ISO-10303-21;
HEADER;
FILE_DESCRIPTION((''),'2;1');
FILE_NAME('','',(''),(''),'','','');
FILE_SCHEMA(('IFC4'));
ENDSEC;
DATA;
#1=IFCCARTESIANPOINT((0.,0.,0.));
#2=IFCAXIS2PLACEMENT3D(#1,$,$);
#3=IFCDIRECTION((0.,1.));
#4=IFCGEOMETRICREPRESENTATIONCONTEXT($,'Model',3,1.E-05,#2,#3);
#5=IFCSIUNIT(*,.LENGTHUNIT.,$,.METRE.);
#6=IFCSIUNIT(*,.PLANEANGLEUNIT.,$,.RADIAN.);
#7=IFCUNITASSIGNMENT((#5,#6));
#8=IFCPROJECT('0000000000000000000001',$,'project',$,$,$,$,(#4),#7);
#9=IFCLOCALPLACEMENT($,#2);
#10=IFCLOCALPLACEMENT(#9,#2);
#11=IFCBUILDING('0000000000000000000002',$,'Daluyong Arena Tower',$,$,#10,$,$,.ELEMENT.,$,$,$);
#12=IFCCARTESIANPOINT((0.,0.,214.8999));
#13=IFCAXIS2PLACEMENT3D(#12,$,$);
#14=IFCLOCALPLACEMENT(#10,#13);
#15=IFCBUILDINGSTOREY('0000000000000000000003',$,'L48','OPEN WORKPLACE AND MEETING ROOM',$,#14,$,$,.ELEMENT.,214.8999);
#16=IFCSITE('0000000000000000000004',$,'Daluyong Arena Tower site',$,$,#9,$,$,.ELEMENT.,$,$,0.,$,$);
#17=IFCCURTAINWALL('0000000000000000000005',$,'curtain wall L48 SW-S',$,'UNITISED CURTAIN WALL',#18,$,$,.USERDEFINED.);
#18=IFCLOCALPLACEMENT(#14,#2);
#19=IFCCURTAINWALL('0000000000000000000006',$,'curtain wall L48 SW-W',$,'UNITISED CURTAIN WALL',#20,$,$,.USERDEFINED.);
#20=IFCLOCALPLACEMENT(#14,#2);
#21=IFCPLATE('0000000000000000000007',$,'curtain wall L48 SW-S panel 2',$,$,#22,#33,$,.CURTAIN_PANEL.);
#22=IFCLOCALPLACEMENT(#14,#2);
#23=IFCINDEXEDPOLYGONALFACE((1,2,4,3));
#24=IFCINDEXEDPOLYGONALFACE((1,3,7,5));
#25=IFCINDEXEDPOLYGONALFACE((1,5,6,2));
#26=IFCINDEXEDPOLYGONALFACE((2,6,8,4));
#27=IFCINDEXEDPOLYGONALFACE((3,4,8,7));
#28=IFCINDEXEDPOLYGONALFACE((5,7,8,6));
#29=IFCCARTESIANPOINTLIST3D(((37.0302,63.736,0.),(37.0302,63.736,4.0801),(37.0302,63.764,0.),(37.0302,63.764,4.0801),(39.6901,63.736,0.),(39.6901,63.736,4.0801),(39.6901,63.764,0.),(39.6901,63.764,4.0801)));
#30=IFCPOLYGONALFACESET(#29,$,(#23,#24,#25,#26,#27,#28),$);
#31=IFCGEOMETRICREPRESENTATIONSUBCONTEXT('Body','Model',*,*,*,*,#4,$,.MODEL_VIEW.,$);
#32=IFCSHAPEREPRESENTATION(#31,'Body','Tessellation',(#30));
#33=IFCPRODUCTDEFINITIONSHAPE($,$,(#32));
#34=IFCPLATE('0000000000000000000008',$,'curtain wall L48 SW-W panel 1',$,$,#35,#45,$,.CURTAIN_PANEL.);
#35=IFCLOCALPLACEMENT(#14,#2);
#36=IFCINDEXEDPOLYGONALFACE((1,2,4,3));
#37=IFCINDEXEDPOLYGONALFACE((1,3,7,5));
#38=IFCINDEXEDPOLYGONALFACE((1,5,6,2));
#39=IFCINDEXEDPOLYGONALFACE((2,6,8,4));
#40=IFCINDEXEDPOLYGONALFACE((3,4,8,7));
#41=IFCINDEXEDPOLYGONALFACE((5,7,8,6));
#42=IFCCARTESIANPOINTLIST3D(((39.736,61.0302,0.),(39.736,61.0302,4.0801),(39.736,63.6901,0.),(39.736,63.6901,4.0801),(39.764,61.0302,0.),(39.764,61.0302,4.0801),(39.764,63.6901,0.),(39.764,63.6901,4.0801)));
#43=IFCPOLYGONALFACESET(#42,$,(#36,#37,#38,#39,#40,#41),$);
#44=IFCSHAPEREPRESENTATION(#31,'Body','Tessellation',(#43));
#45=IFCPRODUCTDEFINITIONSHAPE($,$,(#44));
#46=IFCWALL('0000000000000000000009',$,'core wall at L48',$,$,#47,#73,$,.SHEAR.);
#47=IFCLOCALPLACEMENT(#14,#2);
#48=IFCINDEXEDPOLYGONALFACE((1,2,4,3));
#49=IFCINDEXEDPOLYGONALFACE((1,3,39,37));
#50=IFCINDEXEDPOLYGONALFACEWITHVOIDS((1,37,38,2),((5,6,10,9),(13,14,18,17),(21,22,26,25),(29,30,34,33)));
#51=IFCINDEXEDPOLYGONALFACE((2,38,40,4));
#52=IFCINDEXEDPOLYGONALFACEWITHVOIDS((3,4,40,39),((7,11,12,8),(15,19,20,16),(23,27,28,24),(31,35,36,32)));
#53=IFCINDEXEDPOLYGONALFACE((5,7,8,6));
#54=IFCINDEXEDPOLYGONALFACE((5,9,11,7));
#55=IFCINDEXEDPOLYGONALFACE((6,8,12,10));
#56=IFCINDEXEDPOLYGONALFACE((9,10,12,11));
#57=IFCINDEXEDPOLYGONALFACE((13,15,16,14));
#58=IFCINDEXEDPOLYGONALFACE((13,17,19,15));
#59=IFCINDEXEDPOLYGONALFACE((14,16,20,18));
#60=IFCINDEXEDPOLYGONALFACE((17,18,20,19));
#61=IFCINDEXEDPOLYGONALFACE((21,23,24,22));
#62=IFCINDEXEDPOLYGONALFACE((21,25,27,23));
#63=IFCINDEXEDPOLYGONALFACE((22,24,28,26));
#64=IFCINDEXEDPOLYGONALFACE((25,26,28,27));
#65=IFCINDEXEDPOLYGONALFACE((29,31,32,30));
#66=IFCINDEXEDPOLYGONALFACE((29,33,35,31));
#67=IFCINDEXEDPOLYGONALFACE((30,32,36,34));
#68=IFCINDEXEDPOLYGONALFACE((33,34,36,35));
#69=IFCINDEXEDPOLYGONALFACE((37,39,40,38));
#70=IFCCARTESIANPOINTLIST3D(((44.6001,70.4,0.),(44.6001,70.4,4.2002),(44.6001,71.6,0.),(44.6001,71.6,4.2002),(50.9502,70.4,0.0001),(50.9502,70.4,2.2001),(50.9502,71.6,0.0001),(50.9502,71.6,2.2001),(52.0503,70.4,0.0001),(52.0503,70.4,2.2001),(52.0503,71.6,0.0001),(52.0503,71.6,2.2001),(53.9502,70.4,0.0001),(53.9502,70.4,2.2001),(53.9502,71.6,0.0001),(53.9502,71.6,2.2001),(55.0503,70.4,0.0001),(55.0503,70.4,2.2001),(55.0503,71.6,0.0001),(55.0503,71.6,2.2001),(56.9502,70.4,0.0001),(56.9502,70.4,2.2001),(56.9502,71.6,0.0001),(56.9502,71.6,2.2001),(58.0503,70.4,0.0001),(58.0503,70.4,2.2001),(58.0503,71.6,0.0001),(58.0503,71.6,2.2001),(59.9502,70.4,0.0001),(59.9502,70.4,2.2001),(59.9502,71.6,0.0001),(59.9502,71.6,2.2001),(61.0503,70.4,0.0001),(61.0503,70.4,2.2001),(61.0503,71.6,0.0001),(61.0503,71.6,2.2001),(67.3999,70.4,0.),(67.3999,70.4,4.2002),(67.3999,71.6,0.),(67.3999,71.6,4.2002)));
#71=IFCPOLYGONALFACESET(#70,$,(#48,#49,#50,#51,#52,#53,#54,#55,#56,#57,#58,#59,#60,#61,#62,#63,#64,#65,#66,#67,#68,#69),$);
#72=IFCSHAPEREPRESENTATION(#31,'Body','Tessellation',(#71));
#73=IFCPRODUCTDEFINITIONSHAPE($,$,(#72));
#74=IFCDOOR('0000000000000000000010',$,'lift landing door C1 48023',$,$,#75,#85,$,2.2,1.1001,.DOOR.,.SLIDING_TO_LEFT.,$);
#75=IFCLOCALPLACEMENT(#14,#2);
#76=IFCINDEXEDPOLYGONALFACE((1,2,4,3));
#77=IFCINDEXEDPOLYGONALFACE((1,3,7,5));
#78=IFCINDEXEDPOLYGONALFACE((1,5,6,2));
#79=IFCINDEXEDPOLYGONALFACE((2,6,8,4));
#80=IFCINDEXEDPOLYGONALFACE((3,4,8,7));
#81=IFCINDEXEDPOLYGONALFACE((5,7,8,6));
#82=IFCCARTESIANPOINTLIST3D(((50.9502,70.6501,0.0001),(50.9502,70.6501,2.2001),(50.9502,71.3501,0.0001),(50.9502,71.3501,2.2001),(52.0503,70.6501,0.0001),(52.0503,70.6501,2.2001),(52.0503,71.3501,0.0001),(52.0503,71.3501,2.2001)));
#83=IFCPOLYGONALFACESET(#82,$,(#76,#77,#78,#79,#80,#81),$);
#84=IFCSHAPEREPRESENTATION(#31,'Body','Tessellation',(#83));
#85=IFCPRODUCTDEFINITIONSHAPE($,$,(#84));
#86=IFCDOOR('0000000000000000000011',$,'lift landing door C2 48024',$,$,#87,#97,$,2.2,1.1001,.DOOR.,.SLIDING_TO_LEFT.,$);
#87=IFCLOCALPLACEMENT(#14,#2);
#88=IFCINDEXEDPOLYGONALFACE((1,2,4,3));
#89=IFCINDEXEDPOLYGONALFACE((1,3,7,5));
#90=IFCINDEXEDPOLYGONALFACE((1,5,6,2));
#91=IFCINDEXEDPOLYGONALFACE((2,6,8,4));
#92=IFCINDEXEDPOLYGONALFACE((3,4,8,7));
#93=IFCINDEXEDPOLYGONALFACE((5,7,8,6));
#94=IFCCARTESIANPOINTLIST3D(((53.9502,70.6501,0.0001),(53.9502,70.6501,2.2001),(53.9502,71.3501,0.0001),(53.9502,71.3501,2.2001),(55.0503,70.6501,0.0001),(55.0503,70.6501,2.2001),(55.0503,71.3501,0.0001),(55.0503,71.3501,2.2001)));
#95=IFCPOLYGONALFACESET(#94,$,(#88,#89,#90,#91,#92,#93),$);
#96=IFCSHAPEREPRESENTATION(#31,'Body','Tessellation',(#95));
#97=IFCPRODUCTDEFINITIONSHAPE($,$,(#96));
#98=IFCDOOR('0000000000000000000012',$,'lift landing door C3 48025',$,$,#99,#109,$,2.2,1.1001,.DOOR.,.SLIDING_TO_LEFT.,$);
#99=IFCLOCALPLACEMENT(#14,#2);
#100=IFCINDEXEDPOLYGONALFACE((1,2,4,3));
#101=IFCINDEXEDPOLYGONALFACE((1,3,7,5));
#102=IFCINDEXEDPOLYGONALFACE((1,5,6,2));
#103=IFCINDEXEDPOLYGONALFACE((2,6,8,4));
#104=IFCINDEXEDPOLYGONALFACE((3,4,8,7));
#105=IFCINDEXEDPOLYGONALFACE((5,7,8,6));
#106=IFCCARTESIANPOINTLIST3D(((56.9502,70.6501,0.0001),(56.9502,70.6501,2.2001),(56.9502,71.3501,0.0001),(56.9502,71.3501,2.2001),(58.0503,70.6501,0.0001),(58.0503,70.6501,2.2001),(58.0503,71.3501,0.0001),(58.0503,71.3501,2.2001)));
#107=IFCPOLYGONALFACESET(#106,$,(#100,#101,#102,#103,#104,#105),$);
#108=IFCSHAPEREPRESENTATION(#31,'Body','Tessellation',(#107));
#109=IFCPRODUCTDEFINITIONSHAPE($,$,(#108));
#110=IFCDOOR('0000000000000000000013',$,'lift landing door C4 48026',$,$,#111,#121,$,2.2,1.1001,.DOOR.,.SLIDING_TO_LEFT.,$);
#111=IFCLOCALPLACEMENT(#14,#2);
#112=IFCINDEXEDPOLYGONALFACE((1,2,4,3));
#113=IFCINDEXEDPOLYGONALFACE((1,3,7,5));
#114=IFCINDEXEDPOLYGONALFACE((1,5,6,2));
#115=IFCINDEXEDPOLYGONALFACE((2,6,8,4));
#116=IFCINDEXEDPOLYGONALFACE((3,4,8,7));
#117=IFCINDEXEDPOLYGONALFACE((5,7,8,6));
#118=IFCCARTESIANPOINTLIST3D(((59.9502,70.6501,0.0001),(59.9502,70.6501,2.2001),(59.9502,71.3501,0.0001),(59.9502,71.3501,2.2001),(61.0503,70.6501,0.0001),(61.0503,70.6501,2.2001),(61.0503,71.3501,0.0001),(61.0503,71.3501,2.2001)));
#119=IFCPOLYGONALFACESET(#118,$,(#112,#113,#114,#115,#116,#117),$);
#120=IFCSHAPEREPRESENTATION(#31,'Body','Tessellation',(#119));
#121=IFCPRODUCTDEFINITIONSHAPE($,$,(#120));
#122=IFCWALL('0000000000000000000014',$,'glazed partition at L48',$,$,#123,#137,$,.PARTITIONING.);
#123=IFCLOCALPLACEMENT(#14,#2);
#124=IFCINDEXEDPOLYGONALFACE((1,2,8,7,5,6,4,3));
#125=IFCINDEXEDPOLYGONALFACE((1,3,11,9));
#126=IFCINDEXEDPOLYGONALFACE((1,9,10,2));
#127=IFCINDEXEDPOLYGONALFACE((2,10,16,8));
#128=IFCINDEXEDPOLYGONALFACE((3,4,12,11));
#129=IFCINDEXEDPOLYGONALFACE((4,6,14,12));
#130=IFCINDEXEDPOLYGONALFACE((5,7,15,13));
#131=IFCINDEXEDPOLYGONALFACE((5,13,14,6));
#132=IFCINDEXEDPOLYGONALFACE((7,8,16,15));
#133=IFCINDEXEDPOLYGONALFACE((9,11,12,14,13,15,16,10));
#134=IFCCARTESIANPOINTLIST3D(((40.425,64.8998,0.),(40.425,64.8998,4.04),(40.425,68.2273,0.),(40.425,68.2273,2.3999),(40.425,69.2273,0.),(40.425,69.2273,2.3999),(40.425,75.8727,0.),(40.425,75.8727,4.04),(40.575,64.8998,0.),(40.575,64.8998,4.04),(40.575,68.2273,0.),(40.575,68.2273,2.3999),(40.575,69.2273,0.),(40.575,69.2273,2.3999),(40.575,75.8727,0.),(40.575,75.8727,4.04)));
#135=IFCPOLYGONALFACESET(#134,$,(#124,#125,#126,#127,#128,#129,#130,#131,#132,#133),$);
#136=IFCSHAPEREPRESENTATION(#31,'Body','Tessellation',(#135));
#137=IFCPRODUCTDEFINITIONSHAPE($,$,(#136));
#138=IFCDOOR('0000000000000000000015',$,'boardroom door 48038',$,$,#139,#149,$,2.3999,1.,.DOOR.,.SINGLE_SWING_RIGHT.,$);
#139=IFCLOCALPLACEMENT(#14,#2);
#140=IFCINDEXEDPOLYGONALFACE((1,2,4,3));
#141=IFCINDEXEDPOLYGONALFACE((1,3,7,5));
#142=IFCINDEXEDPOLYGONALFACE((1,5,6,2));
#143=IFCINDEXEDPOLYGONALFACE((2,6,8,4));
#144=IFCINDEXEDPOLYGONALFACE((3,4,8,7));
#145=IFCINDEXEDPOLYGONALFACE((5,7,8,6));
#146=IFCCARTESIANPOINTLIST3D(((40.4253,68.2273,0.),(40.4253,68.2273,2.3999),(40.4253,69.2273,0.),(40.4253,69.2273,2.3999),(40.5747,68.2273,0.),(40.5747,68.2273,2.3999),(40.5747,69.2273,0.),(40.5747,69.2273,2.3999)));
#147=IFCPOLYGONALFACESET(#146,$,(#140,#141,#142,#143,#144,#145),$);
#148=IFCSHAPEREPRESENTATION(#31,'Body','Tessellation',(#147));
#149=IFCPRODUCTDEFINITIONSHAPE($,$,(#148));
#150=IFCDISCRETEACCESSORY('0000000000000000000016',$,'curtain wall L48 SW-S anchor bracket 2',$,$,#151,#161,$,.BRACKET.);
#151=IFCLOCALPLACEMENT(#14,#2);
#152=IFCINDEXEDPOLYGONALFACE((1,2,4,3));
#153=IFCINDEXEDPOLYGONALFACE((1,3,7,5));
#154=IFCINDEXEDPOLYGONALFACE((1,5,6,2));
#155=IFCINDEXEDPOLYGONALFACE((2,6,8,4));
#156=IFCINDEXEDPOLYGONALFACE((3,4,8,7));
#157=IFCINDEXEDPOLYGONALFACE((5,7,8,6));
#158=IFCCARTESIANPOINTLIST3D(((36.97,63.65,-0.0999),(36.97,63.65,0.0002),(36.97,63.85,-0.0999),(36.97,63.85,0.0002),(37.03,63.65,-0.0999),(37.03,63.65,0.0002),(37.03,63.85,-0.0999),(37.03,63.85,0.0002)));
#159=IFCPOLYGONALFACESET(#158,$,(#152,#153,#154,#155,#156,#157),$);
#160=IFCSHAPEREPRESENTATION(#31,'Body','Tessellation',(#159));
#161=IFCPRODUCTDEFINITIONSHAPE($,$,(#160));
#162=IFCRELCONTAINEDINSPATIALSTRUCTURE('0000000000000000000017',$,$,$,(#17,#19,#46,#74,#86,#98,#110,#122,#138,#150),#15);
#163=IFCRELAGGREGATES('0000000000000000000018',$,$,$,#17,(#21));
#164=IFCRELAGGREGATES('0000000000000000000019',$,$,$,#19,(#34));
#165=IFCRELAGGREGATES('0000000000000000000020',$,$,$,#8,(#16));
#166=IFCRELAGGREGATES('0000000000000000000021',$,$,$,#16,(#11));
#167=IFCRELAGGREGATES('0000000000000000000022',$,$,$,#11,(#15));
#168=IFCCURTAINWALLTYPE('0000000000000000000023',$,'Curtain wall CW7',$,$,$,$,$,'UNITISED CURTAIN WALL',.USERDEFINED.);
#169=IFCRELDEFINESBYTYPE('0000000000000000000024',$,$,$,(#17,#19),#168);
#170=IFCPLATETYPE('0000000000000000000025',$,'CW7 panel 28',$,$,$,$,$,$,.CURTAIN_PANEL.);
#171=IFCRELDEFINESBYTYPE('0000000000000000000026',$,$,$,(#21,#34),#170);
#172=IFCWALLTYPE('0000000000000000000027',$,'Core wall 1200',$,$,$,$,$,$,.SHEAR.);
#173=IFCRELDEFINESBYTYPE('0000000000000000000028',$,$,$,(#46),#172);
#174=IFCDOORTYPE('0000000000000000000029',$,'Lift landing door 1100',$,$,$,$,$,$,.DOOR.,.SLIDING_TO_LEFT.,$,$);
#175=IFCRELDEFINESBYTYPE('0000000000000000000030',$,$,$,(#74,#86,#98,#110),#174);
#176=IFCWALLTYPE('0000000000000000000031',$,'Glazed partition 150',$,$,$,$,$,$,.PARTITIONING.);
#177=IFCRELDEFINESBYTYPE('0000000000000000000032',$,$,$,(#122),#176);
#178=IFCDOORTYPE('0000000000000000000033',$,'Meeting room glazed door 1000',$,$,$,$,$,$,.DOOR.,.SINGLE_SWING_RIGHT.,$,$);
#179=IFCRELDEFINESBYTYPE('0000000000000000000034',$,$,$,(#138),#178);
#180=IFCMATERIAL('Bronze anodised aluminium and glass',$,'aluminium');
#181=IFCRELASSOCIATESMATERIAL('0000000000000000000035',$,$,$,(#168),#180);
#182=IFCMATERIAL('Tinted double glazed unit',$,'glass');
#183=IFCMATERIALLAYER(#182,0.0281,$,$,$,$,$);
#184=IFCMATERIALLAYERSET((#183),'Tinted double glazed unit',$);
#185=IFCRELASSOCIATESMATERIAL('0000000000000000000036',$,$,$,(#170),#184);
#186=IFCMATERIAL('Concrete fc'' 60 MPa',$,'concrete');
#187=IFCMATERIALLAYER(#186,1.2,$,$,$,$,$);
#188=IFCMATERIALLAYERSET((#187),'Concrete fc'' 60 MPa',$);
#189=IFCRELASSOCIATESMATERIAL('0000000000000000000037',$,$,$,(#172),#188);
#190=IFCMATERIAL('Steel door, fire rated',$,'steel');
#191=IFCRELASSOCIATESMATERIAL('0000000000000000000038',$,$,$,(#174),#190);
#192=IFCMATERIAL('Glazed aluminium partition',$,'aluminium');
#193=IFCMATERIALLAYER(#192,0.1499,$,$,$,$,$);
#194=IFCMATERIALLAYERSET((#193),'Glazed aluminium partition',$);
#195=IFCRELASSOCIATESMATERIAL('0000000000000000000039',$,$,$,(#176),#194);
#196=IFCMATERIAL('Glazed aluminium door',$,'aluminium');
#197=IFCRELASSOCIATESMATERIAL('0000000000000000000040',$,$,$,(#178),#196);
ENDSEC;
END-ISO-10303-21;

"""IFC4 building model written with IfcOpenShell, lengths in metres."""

from ifc_helpers import new_model, si_unit, direction, frame, frame_2d, origin, origin_2d, place, context, subcontext, project, spatial, rectangle, extrude, material, layer, layer_set, type_object, element, fill, aggregate, save


model = new_model("IFC4")

# Units and contexts
model_context = context("Model", 3, precision=1e-05, world=origin(), true_north=direction((0.0, 1.0)))
body_context = subcontext(model_context, "Body", "Model", "MODEL_VIEW")
ifc_project = project(units=[si_unit("LENGTHUNIT", "METRE"), si_unit("PLANEANGLEUNIT", "RADIAN")], contexts=[model_context])

# Site, building, storey
site_placement = place(None, origin())
site = spatial("IfcSite", under=ifc_project, at=site_placement, Name="Daluyong Arena Tower site", CompositionType="ELEMENT", RefElevation=0.0)
building_placement = place(site_placement, origin())
building = spatial("IfcBuilding", under=site, at=building_placement, Name="Daluyong Arena Tower", CompositionType="ELEMENT")
storey_placement = place(building_placement, frame((0.0, 0.0, 214.8999)))
storey = spatial("IfcBuildingStorey", under=building, at=storey_placement, Name="L48", Description="OPEN WORKPLACE AND MEETING ROOM", CompositionType="ELEMENT", Elevation=214.8999)

# Curtain wall
ifc_material_1 = material(Name="Bronze anodised aluminium and glass", Category="aluminium")
curtain_wall_type = type_object("IfcCurtainWallType", Name="Curtain wall CW7", ElementType="UNITISED CURTAIN WALL", PredefinedType="USERDEFINED", material=ifc_material_1)
curtain_wall_1_placement = place(storey_placement, origin())
curtain_wall_1 = element("IfcCurtainWall", 1, at=curtain_wall_1_placement, inside=storey, type_object=curtain_wall_type, Name="curtain wall L48 SW-S", ObjectType="UNITISED CURTAIN WALL", PredefinedType="USERDEFINED")

# Curtain wall
curtain_wall_2_placement = place(storey_placement, origin())
curtain_wall_2 = element("IfcCurtainWall", 2, at=curtain_wall_2_placement, inside=storey, type_object=curtain_wall_type, Name="curtain wall L48 SW-W", ObjectType="UNITISED CURTAIN WALL", PredefinedType="USERDEFINED")

# Plates
ifc_material_2 = material(Name="Tinted double glazed unit", Category="glass")
ifc_layer_1 = layer(ifc_material_2, 0.0281)
ifc_layer_set_1 = layer_set([ifc_layer_1], Name="Tinted double glazed unit")
plate_type = type_object("IfcPlateType", Name="CW7 panel 28", PredefinedType="CURTAIN_PANEL", material=ifc_layer_set_1)
plate_1_placement = place(storey_placement, frame((38.3601, 63.75, 0.0), z_axis=(0.0, 0.0, 1.0), x_axis=(1.0, 0.0, 0.0)))
plate_1 = element("IfcPlate", 3, at=plate_1_placement, type_object=plate_type, Name="curtain wall L48 SW-S panel 2", PredefinedType="CURTAIN_PANEL", context=body_context, shape_type="SweptSolid", body=[
    extrude(rectangle(XDim=2.6599, YDim=0.0281, at=origin_2d()), origin(), (0.0, 0.0, 1.0), 4.0801),
])
aggregate(curtain_wall_1, [plate_1])
plate_2_placement = place(storey_placement, frame((39.75, 62.3601, 0.0), z_axis=(0.0, 0.0, 1.0), x_axis=(0.0, -1.0, 0.0)))
plate_2 = element("IfcPlate", 4, at=plate_2_placement, type_object=plate_type, Name="curtain wall L48 SW-W panel 1", PredefinedType="CURTAIN_PANEL", context=body_context, shape_type="SweptSolid", body=[
    extrude(rectangle(XDim=2.6599, YDim=0.0281, at=origin_2d()), origin(), (0.0, 0.0, 1.0), 4.0801),
])
aggregate(curtain_wall_2, [plate_2])

# Shared definitions
ifc_material_3 = material(Name="Concrete fc' 60 MPa", Category="concrete")
ifc_layer_2 = layer(ifc_material_3, 1.2)
ifc_layer_set_2 = layer_set([ifc_layer_2], Name="Concrete fc' 60 MPa")
wall_type_1 = type_object("IfcWallType", Name="Core wall 1200", PredefinedType="SHEAR", material=ifc_layer_set_2)

# Wall, openings, doors
wall_1_placement = place(storey_placement, frame((44.6001, 71.0, 0.0), z_axis=(0.0, 0.0, 1.0), x_axis=(1.0, 0.0, 0.0)))
wall_1 = element("IfcWall", 5, at=wall_1_placement, inside=storey, type_object=wall_type_1, Name="core wall at L48", PredefinedType="SHEAR", context=body_context, shape_type="SweptSolid", body=[
    extrude(rectangle(XDim=22.7998, YDim=1.2, at=frame_2d((11.3999, 0.0))), origin(), (0.0, 0.0, 1.0), 4.2002),
])
opening_1_placement = place(wall_1_placement, frame((6.3501, 0.0, 0.0)))
opening_1 = element("IfcOpeningElement", 6, at=opening_1_placement, cuts=wall_1, PredefinedType="OPENING", context=body_context, shape_type="SweptSolid", body=[
    extrude(rectangle(XDim=1.1001, YDim=2.2, at=frame_2d((0.55, 1.1001))), frame((0.0, 0.6099, 0.0), z_axis=(0.0, -1.0, 0.0), x_axis=(1.0, 0.0, 0.0)), (0.0, 0.0, 1.0), 1.22),
])
opening_2_placement = place(wall_1_placement, frame((9.3501, 0.0, 0.0)))
opening_2 = element("IfcOpeningElement", 7, at=opening_2_placement, cuts=wall_1, PredefinedType="OPENING", context=body_context, shape_type="SweptSolid", body=[
    extrude(rectangle(XDim=1.1001, YDim=2.2, at=frame_2d((0.55, 1.1001))), frame((0.0, 0.6099, 0.0), z_axis=(0.0, -1.0, 0.0), x_axis=(1.0, 0.0, 0.0)), (0.0, 0.0, 1.0), 1.22),
])
opening_3_placement = place(wall_1_placement, frame((12.3501, 0.0, 0.0)))
opening_3 = element("IfcOpeningElement", 8, at=opening_3_placement, cuts=wall_1, PredefinedType="OPENING", context=body_context, shape_type="SweptSolid", body=[
    extrude(rectangle(XDim=1.1001, YDim=2.2, at=frame_2d((0.55, 1.1001))), frame((0.0, 0.6099, 0.0), z_axis=(0.0, -1.0, 0.0), x_axis=(1.0, 0.0, 0.0)), (0.0, 0.0, 1.0), 1.22),
])
opening_4_placement = place(wall_1_placement, frame((15.3501, 0.0, 0.0)))
opening_4 = element("IfcOpeningElement", 9, at=opening_4_placement, cuts=wall_1, PredefinedType="OPENING", context=body_context, shape_type="SweptSolid", body=[
    extrude(rectangle(XDim=1.1001, YDim=2.2, at=frame_2d((0.55, 1.1001))), frame((0.0, 0.6099, 0.0), z_axis=(0.0, -1.0, 0.0), x_axis=(1.0, 0.0, 0.0)), (0.0, 0.0, 1.0), 1.22),
])
ifc_material_4 = material(Name="Steel door, fire rated", Category="steel")
door_type_1 = type_object("IfcDoorType", Name="Lift landing door 1100", OperationType="SLIDING_TO_LEFT", PredefinedType="DOOR", material=ifc_material_4)
door_1_placement = place(opening_1_placement, origin())
door_1 = element("IfcDoor", 10, at=door_1_placement, inside=storey, type_object=door_type_1, Name="lift landing door C1 48023", OperationType="SLIDING_TO_LEFT", OverallHeight=2.2, OverallWidth=1.1001, PredefinedType="DOOR", context=body_context, shape_type="SweptSolid", body=[
    extrude(rectangle(XDim=1.1001, YDim=2.2, at=frame_2d((0.55, 1.1001))), frame((0.0, 0.3501, 0.0), z_axis=(0.0, -1.0, 0.0), x_axis=(1.0, 0.0, 0.0)), (0.0, 0.0, 1.0), 0.7),
])
fill(opening_1, door_1)
door_2_placement = place(opening_2_placement, origin())
door_2 = element("IfcDoor", 11, at=door_2_placement, inside=storey, type_object=door_type_1, Name="lift landing door C2 48024", OperationType="SLIDING_TO_LEFT", OverallHeight=2.2, OverallWidth=1.1001, PredefinedType="DOOR", context=body_context, shape_type="SweptSolid", body=[
    extrude(rectangle(XDim=1.1001, YDim=2.2, at=frame_2d((0.55, 1.1001))), frame((0.0, 0.3501, 0.0), z_axis=(0.0, -1.0, 0.0), x_axis=(1.0, 0.0, 0.0)), (0.0, 0.0, 1.0), 0.7),
])
fill(opening_2, door_2)
door_3_placement = place(opening_3_placement, origin())
door_3 = element("IfcDoor", 12, at=door_3_placement, inside=storey, type_object=door_type_1, Name="lift landing door C3 48025", OperationType="SLIDING_TO_LEFT", OverallHeight=2.2, OverallWidth=1.1001, PredefinedType="DOOR", context=body_context, shape_type="SweptSolid", body=[
    extrude(rectangle(XDim=1.1001, YDim=2.2, at=frame_2d((0.55, 1.1001))), frame((0.0, 0.3501, 0.0), z_axis=(0.0, -1.0, 0.0), x_axis=(1.0, 0.0, 0.0)), (0.0, 0.0, 1.0), 0.7),
])
fill(opening_3, door_3)
door_4_placement = place(opening_4_placement, origin())
door_4 = element("IfcDoor", 13, at=door_4_placement, inside=storey, type_object=door_type_1, Name="lift landing door C4 48026", OperationType="SLIDING_TO_LEFT", OverallHeight=2.2, OverallWidth=1.1001, PredefinedType="DOOR", context=body_context, shape_type="SweptSolid", body=[
    extrude(rectangle(XDim=1.1001, YDim=2.2, at=frame_2d((0.55, 1.1001))), frame((0.0, 0.3501, 0.0), z_axis=(0.0, -1.0, 0.0), x_axis=(1.0, 0.0, 0.0)), (0.0, 0.0, 1.0), 0.7),
])
fill(opening_4, door_4)

# Wall, opening, door
ifc_material_5 = material(Name="Glazed aluminium partition", Category="aluminium")
ifc_layer_3 = layer(ifc_material_5, 0.1499)
ifc_layer_set_3 = layer_set([ifc_layer_3], Name="Glazed aluminium partition")
wall_type_2 = type_object("IfcWallType", Name="Glazed partition 150", PredefinedType="PARTITIONING", material=ifc_layer_set_3)
wall_2_placement = place(storey_placement, frame((40.5, 64.8999, 0.0), z_axis=(0.0, 0.0, 1.0), x_axis=(0.0, 1.0, 0.0)))
wall_2 = element("IfcWall", 14, at=wall_2_placement, inside=storey, type_object=wall_type_2, Name="glazed partition at L48", PredefinedType="PARTITIONING", context=body_context, shape_type="SweptSolid", body=[
    extrude(rectangle(XDim=10.9729, YDim=0.1499, at=frame_2d((5.4863, 0.0))), origin(), (0.0, 0.0, 1.0), 4.04),
])
opening_5_placement = place(wall_2_placement, frame((3.3274, 0.0, 0.0)))
opening_5 = element("IfcOpeningElement", 15, at=opening_5_placement, cuts=wall_2, PredefinedType="OPENING", context=body_context, shape_type="SweptSolid", body=[
    extrude(rectangle(XDim=1.0, YDim=2.3999, at=frame_2d((0.5, 1.2))), frame((0.0, 0.085, 0.0), z_axis=(0.0, -1.0, 0.0), x_axis=(1.0, 0.0, 0.0)), (0.0, 0.0, 1.0), 0.1699),
])
ifc_material_6 = material(Name="Glazed aluminium door", Category="aluminium")
door_type_2 = type_object("IfcDoorType", Name="Meeting room glazed door 1000", OperationType="SINGLE_SWING_RIGHT", PredefinedType="DOOR", material=ifc_material_6)
door_5_placement = place(opening_5_placement, origin())
door_5 = element("IfcDoor", 16, at=door_5_placement, inside=storey, type_object=door_type_2, Name="boardroom door 48038", OperationType="SINGLE_SWING_RIGHT", OverallHeight=2.3999, OverallWidth=1.0, PredefinedType="DOOR", context=body_context, shape_type="SweptSolid", body=[
    extrude(rectangle(XDim=1.0, YDim=2.3999, at=frame_2d((0.5, 1.2))), frame((0.0, 0.0747, 0.0), z_axis=(0.0, -1.0, 0.0), x_axis=(1.0, 0.0, 0.0)), (0.0, 0.0, 1.0), 0.1494),
])
fill(opening_5, door_5)

# Discrete accessory
discrete_accessory_placement = place(storey_placement, frame((37.0, 63.75, -0.0999), z_axis=(0.0, 0.0, 1.0), x_axis=(1.0, 0.0, 0.0)))
element("IfcDiscreteAccessory", 17, at=discrete_accessory_placement, inside=storey, Name="curtain wall L48 SW-S anchor bracket 2", PredefinedType="BRACKET", context=body_context, shape_type="SweptSolid", body=[
    extrude(rectangle(XDim=0.0601, YDim=0.2, at=origin_2d()), origin(), (0.0, 0.0, 1.0), 0.1001),
])

save(model, "model.ifc")
